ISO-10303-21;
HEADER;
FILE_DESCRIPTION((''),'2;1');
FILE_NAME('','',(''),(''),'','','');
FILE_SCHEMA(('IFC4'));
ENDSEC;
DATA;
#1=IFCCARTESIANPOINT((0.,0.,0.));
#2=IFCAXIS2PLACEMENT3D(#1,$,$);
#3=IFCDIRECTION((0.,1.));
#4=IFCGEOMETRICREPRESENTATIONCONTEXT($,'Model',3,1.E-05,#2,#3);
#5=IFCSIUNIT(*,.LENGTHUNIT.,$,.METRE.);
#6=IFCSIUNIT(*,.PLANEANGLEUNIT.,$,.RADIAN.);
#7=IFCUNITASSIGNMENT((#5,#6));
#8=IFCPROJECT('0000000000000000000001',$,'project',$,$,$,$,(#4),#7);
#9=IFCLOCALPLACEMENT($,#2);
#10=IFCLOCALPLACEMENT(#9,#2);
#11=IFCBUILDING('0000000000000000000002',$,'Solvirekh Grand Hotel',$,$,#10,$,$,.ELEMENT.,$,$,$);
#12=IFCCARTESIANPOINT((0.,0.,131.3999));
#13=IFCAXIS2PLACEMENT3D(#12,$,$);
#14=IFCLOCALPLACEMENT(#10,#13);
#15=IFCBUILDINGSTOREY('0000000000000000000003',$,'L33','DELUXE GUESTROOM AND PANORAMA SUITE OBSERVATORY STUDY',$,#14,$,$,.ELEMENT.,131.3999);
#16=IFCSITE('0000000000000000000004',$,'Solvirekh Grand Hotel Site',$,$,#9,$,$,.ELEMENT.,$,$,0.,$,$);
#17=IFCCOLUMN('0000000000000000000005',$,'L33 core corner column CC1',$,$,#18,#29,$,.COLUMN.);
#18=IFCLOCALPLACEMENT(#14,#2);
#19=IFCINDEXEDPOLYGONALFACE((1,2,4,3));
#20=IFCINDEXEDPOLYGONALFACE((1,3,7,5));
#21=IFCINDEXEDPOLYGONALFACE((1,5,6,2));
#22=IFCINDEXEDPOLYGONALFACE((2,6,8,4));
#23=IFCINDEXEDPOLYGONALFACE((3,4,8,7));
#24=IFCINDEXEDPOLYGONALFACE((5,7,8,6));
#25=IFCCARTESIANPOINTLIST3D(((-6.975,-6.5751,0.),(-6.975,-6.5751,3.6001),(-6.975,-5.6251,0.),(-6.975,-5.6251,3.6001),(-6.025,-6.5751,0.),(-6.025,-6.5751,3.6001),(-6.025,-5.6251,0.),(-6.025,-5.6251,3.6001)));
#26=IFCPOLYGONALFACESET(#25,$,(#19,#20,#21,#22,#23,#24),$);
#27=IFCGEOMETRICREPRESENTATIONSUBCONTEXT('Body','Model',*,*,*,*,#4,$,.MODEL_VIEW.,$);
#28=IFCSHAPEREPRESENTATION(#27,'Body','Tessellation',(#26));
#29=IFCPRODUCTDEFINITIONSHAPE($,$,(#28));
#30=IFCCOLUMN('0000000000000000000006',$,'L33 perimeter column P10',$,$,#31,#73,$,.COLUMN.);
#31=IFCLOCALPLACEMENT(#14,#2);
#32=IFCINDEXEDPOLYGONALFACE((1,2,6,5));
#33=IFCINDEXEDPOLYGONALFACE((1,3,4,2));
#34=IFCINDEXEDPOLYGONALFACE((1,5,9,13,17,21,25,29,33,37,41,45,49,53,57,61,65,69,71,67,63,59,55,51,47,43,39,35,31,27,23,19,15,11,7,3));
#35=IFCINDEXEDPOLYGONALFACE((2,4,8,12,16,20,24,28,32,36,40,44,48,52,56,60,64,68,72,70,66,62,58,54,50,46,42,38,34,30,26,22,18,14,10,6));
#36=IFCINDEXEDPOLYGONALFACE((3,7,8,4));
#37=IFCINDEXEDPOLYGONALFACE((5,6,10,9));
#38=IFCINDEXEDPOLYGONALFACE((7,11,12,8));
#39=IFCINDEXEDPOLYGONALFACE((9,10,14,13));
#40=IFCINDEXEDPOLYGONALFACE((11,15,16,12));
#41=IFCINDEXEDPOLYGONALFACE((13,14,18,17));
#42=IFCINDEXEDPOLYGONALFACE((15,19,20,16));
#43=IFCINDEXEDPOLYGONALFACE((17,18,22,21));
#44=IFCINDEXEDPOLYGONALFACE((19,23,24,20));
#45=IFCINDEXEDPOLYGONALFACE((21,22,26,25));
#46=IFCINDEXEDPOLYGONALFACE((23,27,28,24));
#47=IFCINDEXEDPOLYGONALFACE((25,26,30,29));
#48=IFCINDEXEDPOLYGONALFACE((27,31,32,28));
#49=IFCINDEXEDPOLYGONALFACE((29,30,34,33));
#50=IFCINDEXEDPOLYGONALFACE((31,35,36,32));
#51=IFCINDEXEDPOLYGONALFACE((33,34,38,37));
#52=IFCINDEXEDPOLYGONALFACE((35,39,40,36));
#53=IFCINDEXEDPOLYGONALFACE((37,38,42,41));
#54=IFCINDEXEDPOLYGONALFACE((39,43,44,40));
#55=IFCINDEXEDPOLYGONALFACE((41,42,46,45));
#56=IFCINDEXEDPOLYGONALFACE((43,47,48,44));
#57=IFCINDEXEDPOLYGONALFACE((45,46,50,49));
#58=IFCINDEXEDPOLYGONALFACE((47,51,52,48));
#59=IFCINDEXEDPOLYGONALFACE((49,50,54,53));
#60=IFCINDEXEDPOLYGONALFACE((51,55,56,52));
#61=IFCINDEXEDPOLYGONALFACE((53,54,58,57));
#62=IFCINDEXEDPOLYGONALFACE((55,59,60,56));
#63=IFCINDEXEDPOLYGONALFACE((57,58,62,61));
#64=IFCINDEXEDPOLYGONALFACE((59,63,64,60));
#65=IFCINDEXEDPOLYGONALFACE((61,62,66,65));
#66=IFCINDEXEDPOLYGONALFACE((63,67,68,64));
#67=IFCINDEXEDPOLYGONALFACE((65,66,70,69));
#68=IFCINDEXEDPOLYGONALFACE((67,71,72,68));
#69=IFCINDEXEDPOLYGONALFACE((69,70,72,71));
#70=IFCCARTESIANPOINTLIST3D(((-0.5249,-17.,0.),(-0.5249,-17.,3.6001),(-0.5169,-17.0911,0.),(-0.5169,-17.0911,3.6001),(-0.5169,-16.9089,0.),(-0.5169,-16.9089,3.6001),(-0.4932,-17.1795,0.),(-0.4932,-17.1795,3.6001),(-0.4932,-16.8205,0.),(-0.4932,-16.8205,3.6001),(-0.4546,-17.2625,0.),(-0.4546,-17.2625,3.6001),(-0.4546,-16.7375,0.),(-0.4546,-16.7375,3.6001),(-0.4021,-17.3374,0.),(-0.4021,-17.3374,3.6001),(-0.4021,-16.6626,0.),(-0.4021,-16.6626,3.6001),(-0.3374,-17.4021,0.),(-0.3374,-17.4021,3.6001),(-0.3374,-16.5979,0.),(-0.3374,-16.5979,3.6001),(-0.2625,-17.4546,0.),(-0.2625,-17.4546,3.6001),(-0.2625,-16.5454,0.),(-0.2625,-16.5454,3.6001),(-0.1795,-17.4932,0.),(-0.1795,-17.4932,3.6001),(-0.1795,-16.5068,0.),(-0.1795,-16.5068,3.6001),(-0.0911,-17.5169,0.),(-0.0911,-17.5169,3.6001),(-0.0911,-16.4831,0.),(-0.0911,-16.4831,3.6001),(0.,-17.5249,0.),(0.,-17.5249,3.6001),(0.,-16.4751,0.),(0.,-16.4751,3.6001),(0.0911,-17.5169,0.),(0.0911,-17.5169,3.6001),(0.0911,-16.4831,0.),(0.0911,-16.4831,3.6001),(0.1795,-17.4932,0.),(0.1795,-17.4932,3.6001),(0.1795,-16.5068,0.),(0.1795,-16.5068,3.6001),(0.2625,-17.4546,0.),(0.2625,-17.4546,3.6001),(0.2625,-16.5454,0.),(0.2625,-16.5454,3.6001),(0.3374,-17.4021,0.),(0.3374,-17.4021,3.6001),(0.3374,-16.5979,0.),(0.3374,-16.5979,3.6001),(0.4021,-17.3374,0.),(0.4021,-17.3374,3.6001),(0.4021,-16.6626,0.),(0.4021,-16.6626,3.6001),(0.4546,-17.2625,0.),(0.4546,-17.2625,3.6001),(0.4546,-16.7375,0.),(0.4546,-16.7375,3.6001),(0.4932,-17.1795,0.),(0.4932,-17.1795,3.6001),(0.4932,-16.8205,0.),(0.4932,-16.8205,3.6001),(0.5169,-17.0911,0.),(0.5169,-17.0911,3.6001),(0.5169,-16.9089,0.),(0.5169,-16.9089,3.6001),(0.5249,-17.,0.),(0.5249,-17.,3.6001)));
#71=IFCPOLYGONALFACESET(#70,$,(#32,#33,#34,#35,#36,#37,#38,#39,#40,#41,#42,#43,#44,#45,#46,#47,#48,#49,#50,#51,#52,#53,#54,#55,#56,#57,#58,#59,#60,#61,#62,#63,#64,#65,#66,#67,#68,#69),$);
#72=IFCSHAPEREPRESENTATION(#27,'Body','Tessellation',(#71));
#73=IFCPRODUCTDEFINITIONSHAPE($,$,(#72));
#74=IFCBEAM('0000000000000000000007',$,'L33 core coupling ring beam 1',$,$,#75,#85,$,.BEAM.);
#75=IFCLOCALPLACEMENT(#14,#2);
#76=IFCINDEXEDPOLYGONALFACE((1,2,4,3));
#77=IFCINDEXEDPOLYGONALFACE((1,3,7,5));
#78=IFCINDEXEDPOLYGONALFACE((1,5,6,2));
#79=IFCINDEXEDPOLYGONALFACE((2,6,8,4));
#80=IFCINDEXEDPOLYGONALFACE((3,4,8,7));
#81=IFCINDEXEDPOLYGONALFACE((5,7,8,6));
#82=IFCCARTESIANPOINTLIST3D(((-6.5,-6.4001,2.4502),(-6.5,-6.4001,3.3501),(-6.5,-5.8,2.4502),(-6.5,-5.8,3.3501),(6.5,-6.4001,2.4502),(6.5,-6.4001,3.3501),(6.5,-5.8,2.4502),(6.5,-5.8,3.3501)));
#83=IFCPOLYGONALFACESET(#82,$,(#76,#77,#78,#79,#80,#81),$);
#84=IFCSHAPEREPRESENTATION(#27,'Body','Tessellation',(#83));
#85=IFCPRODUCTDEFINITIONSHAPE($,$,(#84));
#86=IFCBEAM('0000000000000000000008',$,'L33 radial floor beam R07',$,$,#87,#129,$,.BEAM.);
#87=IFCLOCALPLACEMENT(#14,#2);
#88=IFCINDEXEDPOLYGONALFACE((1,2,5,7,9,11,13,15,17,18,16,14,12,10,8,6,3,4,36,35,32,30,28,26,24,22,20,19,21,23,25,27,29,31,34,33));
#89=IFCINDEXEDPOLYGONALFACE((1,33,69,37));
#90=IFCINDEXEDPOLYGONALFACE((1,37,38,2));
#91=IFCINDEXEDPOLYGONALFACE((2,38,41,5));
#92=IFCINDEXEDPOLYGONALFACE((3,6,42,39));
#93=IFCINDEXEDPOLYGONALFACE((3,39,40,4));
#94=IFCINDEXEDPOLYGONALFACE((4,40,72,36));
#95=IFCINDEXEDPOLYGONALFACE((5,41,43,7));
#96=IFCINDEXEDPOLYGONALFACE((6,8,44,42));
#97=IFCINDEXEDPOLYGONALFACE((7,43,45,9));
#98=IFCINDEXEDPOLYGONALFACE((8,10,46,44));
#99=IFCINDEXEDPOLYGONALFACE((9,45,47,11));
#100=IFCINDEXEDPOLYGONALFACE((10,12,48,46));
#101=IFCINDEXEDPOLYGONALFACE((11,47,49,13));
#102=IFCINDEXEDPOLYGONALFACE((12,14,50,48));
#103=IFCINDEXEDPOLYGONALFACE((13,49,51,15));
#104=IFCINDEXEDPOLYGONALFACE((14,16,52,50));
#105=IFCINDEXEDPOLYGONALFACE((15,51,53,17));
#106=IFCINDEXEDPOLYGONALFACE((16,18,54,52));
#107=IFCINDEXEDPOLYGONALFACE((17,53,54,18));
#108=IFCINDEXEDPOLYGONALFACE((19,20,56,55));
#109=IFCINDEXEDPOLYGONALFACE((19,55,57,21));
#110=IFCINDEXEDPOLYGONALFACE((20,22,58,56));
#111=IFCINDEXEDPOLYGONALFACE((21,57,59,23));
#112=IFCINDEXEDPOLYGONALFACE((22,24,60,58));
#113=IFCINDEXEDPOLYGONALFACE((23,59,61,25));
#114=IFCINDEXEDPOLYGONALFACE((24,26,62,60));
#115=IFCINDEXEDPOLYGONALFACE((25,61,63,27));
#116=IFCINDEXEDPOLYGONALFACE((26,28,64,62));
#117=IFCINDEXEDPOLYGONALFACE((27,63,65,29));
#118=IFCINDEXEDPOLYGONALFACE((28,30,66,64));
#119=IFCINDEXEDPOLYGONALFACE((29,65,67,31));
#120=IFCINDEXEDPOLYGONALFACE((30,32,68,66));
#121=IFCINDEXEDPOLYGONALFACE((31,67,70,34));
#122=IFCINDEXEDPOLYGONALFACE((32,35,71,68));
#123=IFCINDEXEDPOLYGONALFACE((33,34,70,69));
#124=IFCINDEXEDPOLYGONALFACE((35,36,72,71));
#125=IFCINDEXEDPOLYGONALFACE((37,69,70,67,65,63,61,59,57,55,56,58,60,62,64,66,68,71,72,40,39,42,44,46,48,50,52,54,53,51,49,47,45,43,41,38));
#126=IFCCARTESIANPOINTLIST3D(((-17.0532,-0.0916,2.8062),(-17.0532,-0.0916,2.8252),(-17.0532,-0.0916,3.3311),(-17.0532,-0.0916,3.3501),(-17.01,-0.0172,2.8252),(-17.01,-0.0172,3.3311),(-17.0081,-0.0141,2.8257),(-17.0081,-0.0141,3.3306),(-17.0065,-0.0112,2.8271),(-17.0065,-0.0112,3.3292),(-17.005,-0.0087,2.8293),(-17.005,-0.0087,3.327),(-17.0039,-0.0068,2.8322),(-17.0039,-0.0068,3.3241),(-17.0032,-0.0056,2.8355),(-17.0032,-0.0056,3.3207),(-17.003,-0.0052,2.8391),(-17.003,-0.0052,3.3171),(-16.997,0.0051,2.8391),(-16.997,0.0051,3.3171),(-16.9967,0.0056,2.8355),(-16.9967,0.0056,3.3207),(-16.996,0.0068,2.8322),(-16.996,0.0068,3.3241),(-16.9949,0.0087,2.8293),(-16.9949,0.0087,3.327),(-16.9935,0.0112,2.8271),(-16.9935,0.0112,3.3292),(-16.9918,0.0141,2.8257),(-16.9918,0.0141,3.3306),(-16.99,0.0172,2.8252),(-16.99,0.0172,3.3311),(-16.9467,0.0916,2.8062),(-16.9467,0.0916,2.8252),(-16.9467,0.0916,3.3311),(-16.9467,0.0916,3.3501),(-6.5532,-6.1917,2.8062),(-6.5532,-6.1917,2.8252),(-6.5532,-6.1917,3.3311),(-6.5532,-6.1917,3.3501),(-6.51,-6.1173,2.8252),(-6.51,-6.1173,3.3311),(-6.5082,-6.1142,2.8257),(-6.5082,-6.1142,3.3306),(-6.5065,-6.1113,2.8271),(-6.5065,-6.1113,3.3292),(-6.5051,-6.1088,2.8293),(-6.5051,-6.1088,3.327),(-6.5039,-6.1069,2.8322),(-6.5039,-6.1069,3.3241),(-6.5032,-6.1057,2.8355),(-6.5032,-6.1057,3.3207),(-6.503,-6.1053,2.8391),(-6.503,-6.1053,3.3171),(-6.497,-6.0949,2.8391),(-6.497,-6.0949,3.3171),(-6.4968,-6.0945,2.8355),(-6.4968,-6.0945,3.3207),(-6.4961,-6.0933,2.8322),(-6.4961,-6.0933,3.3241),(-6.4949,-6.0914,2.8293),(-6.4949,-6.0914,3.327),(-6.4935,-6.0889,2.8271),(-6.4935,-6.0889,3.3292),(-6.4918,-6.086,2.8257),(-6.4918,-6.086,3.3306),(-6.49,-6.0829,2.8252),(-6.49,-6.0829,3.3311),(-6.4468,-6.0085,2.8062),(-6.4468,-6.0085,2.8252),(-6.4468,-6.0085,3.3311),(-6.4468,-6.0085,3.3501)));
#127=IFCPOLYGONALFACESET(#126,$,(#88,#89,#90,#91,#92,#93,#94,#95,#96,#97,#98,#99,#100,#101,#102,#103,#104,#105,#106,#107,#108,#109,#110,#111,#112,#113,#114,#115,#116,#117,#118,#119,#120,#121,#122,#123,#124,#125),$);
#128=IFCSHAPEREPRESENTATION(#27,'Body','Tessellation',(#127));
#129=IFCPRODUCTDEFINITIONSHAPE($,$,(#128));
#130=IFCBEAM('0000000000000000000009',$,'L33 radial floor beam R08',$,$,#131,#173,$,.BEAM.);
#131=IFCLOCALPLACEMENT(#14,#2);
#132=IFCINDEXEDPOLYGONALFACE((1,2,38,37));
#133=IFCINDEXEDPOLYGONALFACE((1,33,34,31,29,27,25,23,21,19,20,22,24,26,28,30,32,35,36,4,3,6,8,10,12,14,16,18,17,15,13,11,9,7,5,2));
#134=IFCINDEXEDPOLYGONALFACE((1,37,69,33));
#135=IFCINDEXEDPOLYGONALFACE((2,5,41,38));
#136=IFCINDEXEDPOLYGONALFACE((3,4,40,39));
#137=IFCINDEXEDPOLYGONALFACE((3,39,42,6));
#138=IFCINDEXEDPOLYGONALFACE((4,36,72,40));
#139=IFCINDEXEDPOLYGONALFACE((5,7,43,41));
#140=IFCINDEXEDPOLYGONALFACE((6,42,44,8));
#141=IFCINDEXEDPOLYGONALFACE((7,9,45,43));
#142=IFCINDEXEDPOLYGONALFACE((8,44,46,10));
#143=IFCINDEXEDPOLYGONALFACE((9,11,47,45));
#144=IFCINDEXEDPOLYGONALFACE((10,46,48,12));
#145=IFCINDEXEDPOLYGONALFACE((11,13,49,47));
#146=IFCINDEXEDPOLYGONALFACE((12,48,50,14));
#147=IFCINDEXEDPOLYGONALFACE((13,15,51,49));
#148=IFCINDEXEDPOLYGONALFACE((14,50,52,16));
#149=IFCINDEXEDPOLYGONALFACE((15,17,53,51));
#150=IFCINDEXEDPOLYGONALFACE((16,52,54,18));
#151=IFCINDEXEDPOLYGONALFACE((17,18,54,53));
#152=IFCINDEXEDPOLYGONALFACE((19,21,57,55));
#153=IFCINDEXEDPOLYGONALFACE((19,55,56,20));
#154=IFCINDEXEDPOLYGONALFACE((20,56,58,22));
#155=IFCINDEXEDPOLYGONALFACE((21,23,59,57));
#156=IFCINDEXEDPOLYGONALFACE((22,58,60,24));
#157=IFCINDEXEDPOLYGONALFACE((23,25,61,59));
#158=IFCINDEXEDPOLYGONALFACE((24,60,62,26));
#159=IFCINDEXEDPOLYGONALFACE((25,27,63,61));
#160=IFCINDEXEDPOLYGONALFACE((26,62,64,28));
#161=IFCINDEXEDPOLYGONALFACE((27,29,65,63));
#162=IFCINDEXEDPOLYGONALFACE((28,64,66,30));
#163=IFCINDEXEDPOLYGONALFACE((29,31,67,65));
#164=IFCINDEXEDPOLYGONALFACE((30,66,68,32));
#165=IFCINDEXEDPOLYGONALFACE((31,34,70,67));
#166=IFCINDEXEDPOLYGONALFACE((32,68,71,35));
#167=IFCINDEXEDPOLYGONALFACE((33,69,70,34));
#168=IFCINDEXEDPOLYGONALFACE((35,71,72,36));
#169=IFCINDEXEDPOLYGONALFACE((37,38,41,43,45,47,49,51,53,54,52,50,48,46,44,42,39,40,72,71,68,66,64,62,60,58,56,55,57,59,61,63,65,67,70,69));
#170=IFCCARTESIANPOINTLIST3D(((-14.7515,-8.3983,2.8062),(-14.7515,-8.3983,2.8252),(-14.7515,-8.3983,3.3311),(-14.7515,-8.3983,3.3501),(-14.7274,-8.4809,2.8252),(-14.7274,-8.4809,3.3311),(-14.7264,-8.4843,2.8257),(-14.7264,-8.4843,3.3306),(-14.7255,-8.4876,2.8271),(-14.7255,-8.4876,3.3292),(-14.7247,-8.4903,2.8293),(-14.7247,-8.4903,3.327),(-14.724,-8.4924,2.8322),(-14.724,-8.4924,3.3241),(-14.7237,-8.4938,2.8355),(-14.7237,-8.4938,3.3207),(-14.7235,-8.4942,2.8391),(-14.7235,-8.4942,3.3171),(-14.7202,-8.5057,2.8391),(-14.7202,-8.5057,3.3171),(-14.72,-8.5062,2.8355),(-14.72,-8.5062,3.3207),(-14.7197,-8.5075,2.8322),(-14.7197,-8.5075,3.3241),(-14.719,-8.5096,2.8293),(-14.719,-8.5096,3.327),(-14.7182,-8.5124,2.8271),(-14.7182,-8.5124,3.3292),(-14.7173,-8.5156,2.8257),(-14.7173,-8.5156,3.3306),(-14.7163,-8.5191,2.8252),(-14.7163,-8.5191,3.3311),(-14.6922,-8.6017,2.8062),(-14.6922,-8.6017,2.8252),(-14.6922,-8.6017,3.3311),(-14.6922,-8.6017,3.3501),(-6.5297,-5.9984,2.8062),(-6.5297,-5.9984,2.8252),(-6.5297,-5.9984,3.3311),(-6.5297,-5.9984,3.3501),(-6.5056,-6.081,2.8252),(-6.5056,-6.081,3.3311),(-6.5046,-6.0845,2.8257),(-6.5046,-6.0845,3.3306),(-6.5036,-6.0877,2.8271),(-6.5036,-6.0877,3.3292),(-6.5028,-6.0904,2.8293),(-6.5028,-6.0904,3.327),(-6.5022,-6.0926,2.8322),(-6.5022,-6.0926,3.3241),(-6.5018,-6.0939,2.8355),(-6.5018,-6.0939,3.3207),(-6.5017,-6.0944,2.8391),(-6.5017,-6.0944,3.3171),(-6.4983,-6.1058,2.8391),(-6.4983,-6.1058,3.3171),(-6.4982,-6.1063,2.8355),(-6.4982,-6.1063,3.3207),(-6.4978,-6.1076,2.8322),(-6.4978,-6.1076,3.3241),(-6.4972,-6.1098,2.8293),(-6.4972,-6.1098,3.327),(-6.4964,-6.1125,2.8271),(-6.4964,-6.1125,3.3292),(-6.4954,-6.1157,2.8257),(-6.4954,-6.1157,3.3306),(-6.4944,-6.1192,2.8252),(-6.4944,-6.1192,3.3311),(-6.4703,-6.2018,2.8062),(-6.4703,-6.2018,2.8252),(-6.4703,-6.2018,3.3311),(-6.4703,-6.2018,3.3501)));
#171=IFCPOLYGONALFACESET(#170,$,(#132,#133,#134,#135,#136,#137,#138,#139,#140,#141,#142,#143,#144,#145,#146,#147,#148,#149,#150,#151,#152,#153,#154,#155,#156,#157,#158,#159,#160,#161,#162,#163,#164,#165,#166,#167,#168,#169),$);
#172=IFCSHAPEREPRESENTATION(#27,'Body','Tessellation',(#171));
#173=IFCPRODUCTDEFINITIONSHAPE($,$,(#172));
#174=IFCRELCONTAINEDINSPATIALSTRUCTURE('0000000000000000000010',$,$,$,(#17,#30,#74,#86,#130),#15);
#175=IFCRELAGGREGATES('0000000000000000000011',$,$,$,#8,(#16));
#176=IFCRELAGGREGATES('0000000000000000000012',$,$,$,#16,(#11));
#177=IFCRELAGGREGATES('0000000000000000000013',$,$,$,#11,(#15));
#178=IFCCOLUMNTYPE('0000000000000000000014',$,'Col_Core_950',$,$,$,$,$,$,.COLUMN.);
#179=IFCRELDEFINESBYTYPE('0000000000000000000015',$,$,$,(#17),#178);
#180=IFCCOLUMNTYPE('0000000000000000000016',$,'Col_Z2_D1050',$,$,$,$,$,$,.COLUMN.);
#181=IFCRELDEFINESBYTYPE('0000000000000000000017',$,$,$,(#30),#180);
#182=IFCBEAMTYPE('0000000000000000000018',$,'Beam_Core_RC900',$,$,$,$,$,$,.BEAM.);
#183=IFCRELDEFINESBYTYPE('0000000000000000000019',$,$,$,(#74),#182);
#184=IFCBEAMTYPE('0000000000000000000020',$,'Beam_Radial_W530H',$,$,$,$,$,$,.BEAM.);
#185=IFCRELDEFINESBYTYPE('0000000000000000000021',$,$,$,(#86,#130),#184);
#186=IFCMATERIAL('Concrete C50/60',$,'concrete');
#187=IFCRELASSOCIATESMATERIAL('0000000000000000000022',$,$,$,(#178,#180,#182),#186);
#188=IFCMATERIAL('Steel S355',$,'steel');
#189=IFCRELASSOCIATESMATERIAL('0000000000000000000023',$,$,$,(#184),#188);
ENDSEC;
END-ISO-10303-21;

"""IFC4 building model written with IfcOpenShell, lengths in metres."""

from ifc_helpers import new_model, si_unit, direction, frame, origin, origin_2d, place, context, subcontext, project, spatial, rectangle, circle, i_section, extrude, material, material_profile, profile_set, type_object, element, save


model = new_model("IFC4")

# Units and contexts
model_context = context("Model", 3, precision=1e-05, world=origin(), true_north=direction((0.0, 1.0)))
body_context = subcontext(model_context, "Body", "Model", "MODEL_VIEW")
ifc_project = project(units=[si_unit("LENGTHUNIT", "METRE"), si_unit("PLANEANGLEUNIT", "RADIAN")], contexts=[model_context])

# Site, building, storey
site_placement = place(None, origin())
site = spatial("IfcSite", under=ifc_project, at=site_placement, Name="Solvirekh Grand Hotel Site", CompositionType="ELEMENT", RefElevation=0.0)
building_placement = place(site_placement, origin())
building = spatial("IfcBuilding", under=site, at=building_placement, Name="Solvirekh Grand Hotel", CompositionType="ELEMENT")
storey_placement = place(building_placement, frame((0.0, 0.0, 131.3999)))
storey = spatial("IfcBuildingStorey", under=building, at=storey_placement, Name="L33", Description="DELUXE GUESTROOM AND PANORAMA SUITE OBSERVATORY STUDY", CompositionType="ELEMENT", Elevation=131.3999)

# Columns
ifc_material_1 = material(Name="Concrete C50/60", Category="concrete")
ifc_material_profile_1 = material_profile(ifc_material_1, rectangle(XDim=0.95, YDim=0.95, at=origin_2d()), Name="RC 950X950")
ifc_profile_set_1 = profile_set([ifc_material_profile_1], Name="Concrete C50/60")
column_type_1 = type_object("IfcColumnType", Name="Col_Core_950", PredefinedType="COLUMN", material=ifc_profile_set_1)
column_1_placement = place(storey_placement, frame((-6.5, -6.1001, 0.0), z_axis=(0.0, 0.0, 1.0), x_axis=(1.0, 0.0, 0.0)))
element("IfcColumn", 1, at=column_1_placement, inside=storey, type_object=column_type_1, Name="L33 core corner column CC1", PredefinedType="COLUMN", context=body_context, shape_type="SweptSolid", body=[
    extrude(rectangle(XDim=0.95, YDim=0.95, at=origin_2d()), origin(), (0.0, 0.0, 1.0), 3.6001),
])
ifc_material_profile_2 = material_profile(ifc_material_1, circle(Radius=0.5249, at=origin_2d()), Name="RC CIRC D1050")
ifc_profile_set_2 = profile_set([ifc_material_profile_2], Name="Concrete C50/60")
column_type_2 = type_object("IfcColumnType", Name="Col_Z2_D1050", PredefinedType="COLUMN", material=ifc_profile_set_2)
column_2_placement = place(storey_placement, frame((0.0, -17.0, 0.0), z_axis=(0.0, 0.0, 1.0), x_axis=(1.0, 0.0, 0.0)))
element("IfcColumn", 2, at=column_2_placement, inside=storey, type_object=column_type_2, Name="L33 perimeter column P10", PredefinedType="COLUMN", context=body_context, shape_type="SweptSolid", body=[
    extrude(circle(Radius=0.5249, at=origin_2d()), origin(), (0.0, 0.0, 1.0), 3.6001),
])

# Beams
ifc_material_profile_3 = material_profile(ifc_material_1, rectangle(XDim=0.6001, YDim=0.8999, at=origin_2d()), Name="RC BEAM 600X900")
ifc_profile_set_3 = profile_set([ifc_material_profile_3], Name="Concrete C50/60")
beam_type_1 = type_object("IfcBeamType", Name="Beam_Core_RC900", PredefinedType="BEAM", material=ifc_profile_set_3)
beam_1_placement = place(storey_placement, frame((-6.5, -6.1001, 2.9001), z_axis=(1.0, 0.0, 0.0), x_axis=(0.0, 1.0, 0.0)))
element("IfcBeam", 3, at=beam_1_placement, inside=storey, type_object=beam_type_1, Name="L33 core coupling ring beam 1", PredefinedType="BEAM", context=body_context, shape_type="SweptSolid", body=[
    extrude(rectangle(XDim=0.6001, YDim=0.8999, at=origin_2d()), origin(), (0.0, 0.0, 1.0), 13.0),
])
ifc_material_2 = material(Name="Steel S355", Category="steel")
ifc_material_profile_4 = material_profile(ifc_material_2, i_section(OverallWidth=0.2119, OverallDepth=0.5439, WebThickness=0.012, FlangeThickness=0.019, FilletRadius=0.0139, at=origin_2d()), Name="W530X123")
ifc_profile_set_4 = profile_set([ifc_material_profile_4], Name="Steel S355")
beam_type_2 = type_object("IfcBeamType", Name="Beam_Radial_W530H", PredefinedType="BEAM", material=ifc_profile_set_4)
beam_2_placement = place(storey_placement, frame((-6.5, -6.1001, 3.0781), z_axis=(-0.86467, 0.50234, 0.0), x_axis=(-0.50234, -0.86467, 0.0)))
element("IfcBeam", 4, at=beam_2_placement, inside=storey, type_object=beam_type_2, Name="L33 radial floor beam R07", PredefinedType="BEAM", context=body_context, shape_type="SweptSolid", body=[
    extrude(i_section(OverallWidth=0.2119, OverallDepth=0.5439, WebThickness=0.012, FlangeThickness=0.019, FilletRadius=0.0139, at=origin_2d()), origin(), (0.0, 0.0, 1.0), 12.1433),
])
beam_3_placement = place(storey_placement, frame((-6.5, -6.1001, 3.0781), z_axis=(-0.959942, -0.280198, 0.0), x_axis=(0.280198, -0.959942, 0.0)))
element("IfcBeam", 5, at=beam_3_placement, inside=storey, type_object=beam_type_2, Name="L33 radial floor beam R08", PredefinedType="BEAM", context=body_context, shape_type="SweptSolid", body=[
    extrude(i_section(OverallWidth=0.2119, OverallDepth=0.5439, WebThickness=0.012, FlangeThickness=0.019, FilletRadius=0.0139, at=origin_2d()), origin(), (0.0, 0.0, 1.0), 8.5649),
])

save(model, "model.ifc")
